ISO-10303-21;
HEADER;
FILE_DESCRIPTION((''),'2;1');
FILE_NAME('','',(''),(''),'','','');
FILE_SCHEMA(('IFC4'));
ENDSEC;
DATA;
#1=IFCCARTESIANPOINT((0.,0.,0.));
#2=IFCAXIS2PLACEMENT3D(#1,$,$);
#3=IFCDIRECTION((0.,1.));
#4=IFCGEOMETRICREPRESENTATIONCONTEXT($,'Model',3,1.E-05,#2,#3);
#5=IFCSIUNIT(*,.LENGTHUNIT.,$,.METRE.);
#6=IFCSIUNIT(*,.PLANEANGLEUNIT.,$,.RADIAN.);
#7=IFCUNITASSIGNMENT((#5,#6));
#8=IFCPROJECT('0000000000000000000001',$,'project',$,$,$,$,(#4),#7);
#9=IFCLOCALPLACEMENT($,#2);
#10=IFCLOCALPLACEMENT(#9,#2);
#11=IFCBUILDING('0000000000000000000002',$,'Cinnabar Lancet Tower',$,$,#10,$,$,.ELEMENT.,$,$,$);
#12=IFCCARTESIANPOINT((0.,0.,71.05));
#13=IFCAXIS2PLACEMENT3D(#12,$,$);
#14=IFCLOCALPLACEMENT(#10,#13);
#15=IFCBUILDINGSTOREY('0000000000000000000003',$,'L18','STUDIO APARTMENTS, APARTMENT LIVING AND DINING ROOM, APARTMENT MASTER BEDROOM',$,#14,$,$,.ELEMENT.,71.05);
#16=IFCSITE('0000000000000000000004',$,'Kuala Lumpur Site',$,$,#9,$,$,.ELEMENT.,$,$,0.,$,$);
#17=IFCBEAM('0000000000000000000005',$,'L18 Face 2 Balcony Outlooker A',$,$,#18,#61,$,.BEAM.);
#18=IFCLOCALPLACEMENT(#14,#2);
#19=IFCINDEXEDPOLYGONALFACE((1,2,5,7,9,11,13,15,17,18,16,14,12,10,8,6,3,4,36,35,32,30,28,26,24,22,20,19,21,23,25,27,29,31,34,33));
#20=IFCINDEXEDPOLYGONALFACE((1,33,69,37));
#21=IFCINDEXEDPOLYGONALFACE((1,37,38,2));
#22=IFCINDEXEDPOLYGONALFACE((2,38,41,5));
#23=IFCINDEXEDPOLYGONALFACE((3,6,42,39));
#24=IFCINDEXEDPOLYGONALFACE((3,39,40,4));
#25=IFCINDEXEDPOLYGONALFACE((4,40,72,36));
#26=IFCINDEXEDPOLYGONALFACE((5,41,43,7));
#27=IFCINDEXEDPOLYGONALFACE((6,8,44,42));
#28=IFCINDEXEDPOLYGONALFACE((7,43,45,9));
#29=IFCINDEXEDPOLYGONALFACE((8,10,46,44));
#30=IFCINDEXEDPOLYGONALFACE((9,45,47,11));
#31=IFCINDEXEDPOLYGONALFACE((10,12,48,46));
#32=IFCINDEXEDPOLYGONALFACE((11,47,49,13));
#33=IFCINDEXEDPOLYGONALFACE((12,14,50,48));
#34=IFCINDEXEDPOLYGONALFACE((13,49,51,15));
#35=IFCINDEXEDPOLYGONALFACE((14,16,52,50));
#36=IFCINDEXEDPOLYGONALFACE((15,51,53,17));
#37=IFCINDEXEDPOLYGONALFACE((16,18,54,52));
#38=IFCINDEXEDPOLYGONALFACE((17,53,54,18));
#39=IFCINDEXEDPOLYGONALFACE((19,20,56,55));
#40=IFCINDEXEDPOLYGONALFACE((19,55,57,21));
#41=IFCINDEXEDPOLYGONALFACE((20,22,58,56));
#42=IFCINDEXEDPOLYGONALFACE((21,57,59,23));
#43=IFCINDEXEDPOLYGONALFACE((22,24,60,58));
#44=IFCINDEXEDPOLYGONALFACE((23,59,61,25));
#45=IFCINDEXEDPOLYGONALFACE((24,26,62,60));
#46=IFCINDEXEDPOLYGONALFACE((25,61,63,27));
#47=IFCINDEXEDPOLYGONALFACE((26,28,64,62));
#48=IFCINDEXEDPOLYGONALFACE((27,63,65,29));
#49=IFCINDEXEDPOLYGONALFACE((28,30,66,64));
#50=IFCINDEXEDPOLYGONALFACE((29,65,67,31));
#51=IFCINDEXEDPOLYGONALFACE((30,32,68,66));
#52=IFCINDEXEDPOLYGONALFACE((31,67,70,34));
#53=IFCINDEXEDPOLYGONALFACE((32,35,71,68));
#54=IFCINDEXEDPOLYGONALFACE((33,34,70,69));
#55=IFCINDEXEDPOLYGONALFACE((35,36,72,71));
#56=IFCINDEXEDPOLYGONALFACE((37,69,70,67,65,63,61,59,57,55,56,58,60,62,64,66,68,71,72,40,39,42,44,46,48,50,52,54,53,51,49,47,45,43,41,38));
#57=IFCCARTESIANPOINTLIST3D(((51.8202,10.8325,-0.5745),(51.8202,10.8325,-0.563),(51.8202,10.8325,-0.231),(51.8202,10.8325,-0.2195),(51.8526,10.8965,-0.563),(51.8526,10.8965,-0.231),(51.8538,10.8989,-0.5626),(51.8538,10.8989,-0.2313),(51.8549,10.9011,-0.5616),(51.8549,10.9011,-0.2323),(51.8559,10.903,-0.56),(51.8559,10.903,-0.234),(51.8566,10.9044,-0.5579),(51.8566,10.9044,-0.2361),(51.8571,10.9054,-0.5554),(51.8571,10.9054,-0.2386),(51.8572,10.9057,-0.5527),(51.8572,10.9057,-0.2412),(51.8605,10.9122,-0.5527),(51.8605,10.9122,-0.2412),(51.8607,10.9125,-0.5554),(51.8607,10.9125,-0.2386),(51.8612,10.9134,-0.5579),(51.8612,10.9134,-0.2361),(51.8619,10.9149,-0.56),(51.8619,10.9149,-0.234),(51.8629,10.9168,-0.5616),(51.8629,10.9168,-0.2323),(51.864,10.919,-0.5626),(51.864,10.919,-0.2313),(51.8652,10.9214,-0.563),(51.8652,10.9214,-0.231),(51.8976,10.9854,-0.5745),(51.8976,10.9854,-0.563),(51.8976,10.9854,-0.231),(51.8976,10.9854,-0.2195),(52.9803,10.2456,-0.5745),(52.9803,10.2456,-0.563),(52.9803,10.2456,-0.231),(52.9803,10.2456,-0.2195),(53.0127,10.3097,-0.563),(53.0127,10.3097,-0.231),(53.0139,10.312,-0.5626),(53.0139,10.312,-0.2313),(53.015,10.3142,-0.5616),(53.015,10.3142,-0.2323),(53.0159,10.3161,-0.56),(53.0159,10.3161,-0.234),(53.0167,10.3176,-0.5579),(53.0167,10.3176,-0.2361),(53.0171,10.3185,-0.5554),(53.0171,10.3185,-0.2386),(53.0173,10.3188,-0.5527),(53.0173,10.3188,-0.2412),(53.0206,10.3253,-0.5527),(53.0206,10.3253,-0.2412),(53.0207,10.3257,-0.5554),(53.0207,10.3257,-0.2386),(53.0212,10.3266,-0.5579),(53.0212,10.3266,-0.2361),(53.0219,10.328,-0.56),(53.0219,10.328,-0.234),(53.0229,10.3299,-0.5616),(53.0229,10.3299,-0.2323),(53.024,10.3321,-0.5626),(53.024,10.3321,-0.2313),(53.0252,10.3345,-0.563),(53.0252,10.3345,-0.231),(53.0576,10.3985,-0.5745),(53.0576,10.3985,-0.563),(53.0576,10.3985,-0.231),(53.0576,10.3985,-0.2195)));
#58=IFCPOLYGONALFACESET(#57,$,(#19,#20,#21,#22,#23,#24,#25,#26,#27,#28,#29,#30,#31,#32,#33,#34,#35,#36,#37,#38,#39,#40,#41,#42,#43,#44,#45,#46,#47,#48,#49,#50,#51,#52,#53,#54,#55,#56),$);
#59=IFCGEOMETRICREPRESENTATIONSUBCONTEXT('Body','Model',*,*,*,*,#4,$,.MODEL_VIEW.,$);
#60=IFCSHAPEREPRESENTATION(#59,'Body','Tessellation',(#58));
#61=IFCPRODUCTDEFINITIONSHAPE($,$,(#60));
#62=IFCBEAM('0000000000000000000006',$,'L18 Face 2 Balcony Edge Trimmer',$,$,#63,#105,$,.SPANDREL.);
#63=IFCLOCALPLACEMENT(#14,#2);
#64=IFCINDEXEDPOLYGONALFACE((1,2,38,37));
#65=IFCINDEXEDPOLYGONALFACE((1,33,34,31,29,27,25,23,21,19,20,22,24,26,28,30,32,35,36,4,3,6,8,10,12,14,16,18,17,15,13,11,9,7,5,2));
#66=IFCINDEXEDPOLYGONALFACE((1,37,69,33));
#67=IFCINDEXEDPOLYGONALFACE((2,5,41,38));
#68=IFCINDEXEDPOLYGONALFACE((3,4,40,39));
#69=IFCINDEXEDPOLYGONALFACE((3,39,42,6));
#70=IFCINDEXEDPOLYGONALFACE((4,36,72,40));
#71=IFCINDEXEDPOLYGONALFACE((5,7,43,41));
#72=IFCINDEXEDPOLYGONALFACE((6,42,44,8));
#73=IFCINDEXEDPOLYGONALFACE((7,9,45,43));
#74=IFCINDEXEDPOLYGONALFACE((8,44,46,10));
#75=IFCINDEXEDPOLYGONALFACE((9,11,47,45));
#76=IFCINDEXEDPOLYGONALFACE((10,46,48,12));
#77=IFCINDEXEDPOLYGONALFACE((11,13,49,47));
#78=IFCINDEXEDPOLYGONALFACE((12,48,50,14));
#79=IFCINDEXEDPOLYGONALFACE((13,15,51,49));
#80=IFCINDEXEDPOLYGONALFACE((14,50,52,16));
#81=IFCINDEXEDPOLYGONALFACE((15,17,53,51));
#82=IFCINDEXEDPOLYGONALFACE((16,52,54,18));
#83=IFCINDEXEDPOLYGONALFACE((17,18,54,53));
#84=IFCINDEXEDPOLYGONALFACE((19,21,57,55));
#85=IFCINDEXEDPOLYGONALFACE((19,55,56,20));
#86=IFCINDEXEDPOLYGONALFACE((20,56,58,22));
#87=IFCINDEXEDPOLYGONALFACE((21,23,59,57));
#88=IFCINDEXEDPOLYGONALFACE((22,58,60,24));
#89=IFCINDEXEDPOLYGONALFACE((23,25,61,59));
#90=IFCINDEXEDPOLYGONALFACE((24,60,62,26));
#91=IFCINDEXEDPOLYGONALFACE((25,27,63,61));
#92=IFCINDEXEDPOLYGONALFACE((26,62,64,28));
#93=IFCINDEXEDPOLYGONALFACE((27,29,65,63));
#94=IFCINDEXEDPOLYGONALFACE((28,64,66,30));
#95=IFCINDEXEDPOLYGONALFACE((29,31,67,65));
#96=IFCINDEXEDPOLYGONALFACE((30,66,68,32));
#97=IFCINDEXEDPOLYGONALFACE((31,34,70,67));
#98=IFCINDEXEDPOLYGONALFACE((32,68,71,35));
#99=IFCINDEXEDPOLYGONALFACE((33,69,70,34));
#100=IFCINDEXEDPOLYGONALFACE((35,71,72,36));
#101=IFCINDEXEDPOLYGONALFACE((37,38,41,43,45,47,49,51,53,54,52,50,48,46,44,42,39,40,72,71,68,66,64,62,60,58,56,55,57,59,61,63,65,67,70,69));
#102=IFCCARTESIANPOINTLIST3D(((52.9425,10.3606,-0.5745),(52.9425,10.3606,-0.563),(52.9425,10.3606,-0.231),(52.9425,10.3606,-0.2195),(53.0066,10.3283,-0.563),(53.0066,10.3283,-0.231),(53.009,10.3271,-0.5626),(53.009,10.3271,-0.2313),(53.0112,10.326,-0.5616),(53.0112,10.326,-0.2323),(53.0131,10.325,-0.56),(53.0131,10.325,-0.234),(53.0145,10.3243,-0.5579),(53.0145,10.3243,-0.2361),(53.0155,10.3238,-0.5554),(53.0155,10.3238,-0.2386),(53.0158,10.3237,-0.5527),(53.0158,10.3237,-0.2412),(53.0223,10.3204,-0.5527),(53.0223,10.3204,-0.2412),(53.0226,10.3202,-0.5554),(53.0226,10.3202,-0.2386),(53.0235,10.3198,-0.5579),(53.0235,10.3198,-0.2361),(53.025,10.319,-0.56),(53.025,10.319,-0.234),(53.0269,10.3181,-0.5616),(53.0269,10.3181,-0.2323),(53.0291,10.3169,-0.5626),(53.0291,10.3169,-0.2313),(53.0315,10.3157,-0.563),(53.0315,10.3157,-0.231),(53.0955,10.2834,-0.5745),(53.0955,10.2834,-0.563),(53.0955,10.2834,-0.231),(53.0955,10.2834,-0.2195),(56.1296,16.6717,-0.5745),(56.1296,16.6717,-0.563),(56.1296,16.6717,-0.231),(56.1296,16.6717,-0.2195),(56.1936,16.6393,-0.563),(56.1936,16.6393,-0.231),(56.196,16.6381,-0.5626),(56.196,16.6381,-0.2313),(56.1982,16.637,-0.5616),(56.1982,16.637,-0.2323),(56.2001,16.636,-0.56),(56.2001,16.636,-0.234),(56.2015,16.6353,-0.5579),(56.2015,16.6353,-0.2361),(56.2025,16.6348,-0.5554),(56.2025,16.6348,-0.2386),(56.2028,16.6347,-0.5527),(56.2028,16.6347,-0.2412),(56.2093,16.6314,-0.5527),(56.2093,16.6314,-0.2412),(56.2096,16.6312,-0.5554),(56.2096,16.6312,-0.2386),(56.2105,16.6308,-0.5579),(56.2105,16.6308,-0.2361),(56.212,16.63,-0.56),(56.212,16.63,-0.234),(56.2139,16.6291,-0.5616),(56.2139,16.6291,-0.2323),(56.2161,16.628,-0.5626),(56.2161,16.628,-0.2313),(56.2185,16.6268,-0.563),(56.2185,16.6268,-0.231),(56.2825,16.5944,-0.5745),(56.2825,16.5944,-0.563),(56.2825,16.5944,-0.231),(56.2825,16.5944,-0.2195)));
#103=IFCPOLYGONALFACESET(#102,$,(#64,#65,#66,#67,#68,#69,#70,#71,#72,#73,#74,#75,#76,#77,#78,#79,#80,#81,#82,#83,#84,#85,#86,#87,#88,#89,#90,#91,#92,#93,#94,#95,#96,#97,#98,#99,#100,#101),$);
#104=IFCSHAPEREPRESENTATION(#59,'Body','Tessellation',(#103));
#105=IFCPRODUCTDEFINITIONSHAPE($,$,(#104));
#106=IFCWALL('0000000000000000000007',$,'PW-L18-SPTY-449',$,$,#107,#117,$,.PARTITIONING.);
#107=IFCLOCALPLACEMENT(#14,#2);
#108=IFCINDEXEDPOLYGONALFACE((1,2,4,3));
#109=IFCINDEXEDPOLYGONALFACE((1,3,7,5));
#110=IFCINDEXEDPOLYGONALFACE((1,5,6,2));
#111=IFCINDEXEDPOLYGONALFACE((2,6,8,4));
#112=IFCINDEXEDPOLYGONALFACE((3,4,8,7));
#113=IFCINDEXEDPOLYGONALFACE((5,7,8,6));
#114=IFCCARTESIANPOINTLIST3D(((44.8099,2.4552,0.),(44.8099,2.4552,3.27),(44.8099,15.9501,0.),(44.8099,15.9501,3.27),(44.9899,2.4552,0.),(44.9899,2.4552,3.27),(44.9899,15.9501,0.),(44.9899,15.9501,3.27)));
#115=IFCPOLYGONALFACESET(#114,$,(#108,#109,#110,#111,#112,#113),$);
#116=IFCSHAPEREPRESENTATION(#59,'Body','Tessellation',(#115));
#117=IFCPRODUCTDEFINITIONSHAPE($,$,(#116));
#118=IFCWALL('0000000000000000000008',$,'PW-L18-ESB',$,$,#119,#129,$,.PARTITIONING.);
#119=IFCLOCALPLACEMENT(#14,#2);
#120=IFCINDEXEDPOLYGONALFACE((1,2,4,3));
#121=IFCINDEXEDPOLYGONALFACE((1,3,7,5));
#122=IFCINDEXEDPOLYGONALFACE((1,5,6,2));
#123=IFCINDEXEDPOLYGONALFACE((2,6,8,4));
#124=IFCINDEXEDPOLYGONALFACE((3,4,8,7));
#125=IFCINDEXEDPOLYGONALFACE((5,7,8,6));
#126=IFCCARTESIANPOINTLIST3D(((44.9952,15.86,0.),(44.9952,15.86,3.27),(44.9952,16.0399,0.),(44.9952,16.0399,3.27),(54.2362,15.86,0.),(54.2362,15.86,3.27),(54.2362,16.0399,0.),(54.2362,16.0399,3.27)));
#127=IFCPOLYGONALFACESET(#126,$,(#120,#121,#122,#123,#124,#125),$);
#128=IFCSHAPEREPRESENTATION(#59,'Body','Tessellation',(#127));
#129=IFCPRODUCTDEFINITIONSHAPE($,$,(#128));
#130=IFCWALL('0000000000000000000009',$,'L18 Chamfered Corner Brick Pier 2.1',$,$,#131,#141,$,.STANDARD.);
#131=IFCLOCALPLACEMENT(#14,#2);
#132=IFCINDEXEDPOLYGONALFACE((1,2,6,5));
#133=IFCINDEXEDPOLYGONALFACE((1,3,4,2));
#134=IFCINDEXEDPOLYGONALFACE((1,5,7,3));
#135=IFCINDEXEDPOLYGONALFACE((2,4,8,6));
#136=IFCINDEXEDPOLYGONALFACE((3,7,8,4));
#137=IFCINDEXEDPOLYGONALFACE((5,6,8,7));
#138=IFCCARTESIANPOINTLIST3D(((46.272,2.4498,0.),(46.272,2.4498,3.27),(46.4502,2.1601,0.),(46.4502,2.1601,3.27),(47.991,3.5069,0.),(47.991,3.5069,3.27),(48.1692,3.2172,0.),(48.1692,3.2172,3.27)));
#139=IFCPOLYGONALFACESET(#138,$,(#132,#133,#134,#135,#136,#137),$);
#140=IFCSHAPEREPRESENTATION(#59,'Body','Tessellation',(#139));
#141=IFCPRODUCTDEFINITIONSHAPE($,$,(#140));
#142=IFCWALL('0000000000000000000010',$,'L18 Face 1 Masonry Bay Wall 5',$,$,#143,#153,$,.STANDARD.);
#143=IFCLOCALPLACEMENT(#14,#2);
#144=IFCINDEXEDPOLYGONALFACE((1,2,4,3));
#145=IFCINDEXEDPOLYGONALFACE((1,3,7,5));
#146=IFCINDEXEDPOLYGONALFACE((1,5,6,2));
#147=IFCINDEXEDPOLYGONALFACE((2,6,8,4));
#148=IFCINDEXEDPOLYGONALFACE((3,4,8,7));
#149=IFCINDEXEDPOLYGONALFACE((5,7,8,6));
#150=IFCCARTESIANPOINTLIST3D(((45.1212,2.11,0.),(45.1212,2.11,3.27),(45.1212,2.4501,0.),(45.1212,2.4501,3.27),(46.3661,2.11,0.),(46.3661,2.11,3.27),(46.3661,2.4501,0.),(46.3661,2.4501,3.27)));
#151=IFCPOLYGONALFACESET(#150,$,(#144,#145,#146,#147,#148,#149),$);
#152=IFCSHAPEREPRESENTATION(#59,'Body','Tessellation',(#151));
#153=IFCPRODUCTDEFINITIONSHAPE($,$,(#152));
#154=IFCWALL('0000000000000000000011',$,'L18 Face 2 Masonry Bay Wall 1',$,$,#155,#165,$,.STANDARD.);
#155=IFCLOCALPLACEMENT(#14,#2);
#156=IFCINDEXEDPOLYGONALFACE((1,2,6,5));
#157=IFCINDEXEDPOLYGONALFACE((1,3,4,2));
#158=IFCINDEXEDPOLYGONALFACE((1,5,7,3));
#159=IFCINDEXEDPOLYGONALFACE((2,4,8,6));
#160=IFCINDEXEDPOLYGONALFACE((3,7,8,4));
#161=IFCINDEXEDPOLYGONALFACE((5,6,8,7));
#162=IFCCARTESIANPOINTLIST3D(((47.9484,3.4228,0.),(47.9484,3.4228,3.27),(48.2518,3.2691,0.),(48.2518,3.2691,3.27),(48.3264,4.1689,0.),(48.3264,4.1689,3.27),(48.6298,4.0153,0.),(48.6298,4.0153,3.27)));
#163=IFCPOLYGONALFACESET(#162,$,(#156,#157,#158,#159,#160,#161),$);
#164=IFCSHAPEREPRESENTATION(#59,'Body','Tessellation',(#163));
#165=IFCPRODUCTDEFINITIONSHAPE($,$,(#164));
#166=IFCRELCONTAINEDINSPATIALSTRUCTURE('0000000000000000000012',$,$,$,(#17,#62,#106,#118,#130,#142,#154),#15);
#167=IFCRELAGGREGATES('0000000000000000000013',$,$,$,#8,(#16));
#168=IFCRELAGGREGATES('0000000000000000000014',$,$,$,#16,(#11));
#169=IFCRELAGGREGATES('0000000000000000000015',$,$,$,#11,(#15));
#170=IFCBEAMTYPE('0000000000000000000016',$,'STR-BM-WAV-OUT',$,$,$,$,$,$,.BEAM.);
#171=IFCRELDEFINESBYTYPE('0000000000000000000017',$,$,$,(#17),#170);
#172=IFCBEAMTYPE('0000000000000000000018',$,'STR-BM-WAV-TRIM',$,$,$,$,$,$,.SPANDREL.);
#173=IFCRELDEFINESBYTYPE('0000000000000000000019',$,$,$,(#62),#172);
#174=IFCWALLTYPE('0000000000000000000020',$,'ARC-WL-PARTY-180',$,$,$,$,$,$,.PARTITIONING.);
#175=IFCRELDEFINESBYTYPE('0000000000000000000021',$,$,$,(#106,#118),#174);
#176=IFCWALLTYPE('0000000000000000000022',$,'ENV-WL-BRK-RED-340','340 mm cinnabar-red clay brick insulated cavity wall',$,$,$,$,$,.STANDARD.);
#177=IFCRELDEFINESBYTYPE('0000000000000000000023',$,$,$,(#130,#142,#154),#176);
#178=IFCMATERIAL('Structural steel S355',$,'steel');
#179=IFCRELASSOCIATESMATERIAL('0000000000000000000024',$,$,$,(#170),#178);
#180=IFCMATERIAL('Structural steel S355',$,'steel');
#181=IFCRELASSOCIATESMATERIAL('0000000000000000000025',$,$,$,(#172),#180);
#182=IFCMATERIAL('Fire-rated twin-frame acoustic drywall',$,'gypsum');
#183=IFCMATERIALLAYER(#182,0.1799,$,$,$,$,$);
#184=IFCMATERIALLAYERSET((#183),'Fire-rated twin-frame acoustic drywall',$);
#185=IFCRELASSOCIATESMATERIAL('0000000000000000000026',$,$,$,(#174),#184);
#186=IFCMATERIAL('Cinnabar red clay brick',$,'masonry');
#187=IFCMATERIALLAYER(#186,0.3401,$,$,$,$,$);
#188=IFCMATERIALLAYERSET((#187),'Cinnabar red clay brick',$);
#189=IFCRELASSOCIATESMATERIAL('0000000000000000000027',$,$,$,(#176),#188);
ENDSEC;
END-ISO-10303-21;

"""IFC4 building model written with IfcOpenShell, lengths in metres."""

from ifc_helpers import new_model, si_unit, direction, frame, frame_2d, origin, origin_2d, place, context, subcontext, project, spatial, rectangle, i_section, extrude, material, layer, layer_set, material_profile, profile_set, type_object, element, save


model = new_model("IFC4")

# Units and contexts
model_context = context("Model", 3, precision=1e-05, world=origin(), true_north=direction((0.0, 1.0)))
body_context = subcontext(model_context, "Body", "Model", "MODEL_VIEW")
ifc_project = project(units=[si_unit("LENGTHUNIT", "METRE"), si_unit("PLANEANGLEUNIT", "RADIAN")], contexts=[model_context])

# Site, building, storey
site_placement = place(None, origin())
site = spatial("IfcSite", under=ifc_project, at=site_placement, Name="Kuala Lumpur Site", CompositionType="ELEMENT", RefElevation=0.0)
building_placement = place(site_placement, origin())
building = spatial("IfcBuilding", under=site, at=building_placement, Name="Cinnabar Lancet Tower", CompositionType="ELEMENT")
storey_placement = place(building_placement, frame((0.0, 0.0, 71.05)))
storey = spatial("IfcBuildingStorey", under=building, at=storey_placement, Name="L18", Description="STUDIO APARTMENTS, APARTMENT LIVING AND DINING ROOM, APARTMENT MASTER BEDROOM", CompositionType="ELEMENT", Elevation=71.05)

# Beams
ifc_material_1 = material(Name="Structural steel S355", Category="steel")
ifc_material_profile_1 = material_profile(ifc_material_1, i_section(OverallWidth=0.1714, OverallDepth=0.355, WebThickness=0.0073, FlangeThickness=0.0115, FilletRadius=0.0103, at=origin_2d()), Name="UKB 356x171x51")
ifc_profile_set_1 = profile_set([ifc_material_profile_1], Name="Structural steel S355")
beam_type_1 = type_object("IfcBeamType", Name="STR-BM-WAV-OUT", PredefinedType="BEAM", material=ifc_profile_set_1)
beam_1_placement = place(storey_placement, frame((51.8589, 10.9089, -0.397), z_axis=(0.892314, -0.451415, 0.0), x_axis=(0.451415, 0.892314, 0.0)))
element("IfcBeam", 1, at=beam_1_placement, inside=storey, type_object=beam_type_1, Name="L18 Face 2 Balcony Outlooker A", PredefinedType="BEAM", context=body_context, shape_type="SweptSolid", body=[
    extrude(i_section(OverallWidth=0.1714, OverallDepth=0.355, WebThickness=0.0073, FlangeThickness=0.0115, FilletRadius=0.0103, at=origin_2d()), origin(), (0.0, 0.0, 1.0), 1.3),
])
ifc_material_2 = material(Name="Structural steel S355", Category="steel")
ifc_material_profile_2 = material_profile(ifc_material_2, i_section(OverallWidth=0.1714, OverallDepth=0.355, WebThickness=0.0073, FlangeThickness=0.0115, FilletRadius=0.0103, at=origin_2d()), Name="UKB 356x171x51")
ifc_profile_set_2 = profile_set([ifc_material_profile_2], Name="Structural steel S355")
beam_type_2 = type_object("IfcBeamType", Name="STR-BM-WAV-TRIM", PredefinedType="SPANDREL", material=ifc_profile_set_2)
beam_2_placement = place(storey_placement, frame((53.019, 10.322, -0.397), z_axis=(0.450774, 0.892638, 0.0), x_axis=(-0.892638, 0.450774, 0.0)))
element("IfcBeam", 2, at=beam_2_placement, inside=storey, type_object=beam_type_2, Name="L18 Face 2 Balcony Edge Trimmer", PredefinedType="SPANDREL", context=body_context, shape_type="SweptSolid", body=[
    extrude(i_section(OverallWidth=0.1714, OverallDepth=0.355, WebThickness=0.0073, FlangeThickness=0.0115, FilletRadius=0.0103, at=origin_2d()), origin(), (0.0, 0.0, 1.0), 7.0701),
])

# Walls
ifc_material_3 = material(Name="Fire-rated twin-frame acoustic drywall", Category="gypsum")
ifc_layer_1 = layer(ifc_material_3, 0.1799)
ifc_layer_set_1 = layer_set([ifc_layer_1], Name="Fire-rated twin-frame acoustic drywall")
wall_type_1 = type_object("IfcWallType", Name="ARC-WL-PARTY-180", PredefinedType="PARTITIONING", material=ifc_layer_set_1)
wall_1_placement = place(storey_placement, frame((44.8999, 2.4551, 0.0), z_axis=(0.0, 0.0, 1.0), x_axis=(0.0, 1.0, 0.0)))
element("IfcWall", 3, at=wall_1_placement, inside=storey, type_object=wall_type_1, Name="PW-L18-SPTY-449", PredefinedType="PARTITIONING", context=body_context, shape_type="SweptSolid", body=[
    extrude(rectangle(XDim=13.4949, YDim=0.1799, at=frame_2d((6.7476, 0.0))), origin(), (0.0, 0.0, 1.0), 3.27),
])
wall_2_placement = place(storey_placement, frame((44.9951, 15.95, 0.0), z_axis=(0.0, 0.0, 1.0), x_axis=(1.0, 0.0, 0.0)))
element("IfcWall", 4, at=wall_2_placement, inside=storey, type_object=wall_type_1, Name="PW-L18-ESB", PredefinedType="PARTITIONING", context=body_context, shape_type="SweptSolid", body=[
    extrude(rectangle(XDim=9.241, YDim=0.1799, at=frame_2d((4.6206, 0.0))), origin(), (0.0, 0.0, 1.0), 3.27),
])
ifc_material_4 = material(Name="Cinnabar red clay brick", Category="masonry")
ifc_layer_2 = layer(ifc_material_4, 0.3401)
ifc_layer_set_2 = layer_set([ifc_layer_2], Name="Cinnabar red clay brick")
wall_type_2 = type_object("IfcWallType", Name="ENV-WL-BRK-RED-340", Description="340 mm cinnabar-red clay brick insulated cavity wall", PredefinedType="STANDARD", material=ifc_layer_set_2)
wall_3_placement = place(storey_placement, frame((46.3611, 2.3049, 0.0), z_axis=(0.0, 0.0, 1.0), x_axis=(0.851816, 0.523841, 0.0)))
element("IfcWall", 5, at=wall_3_placement, inside=storey, type_object=wall_type_2, Name="L18 Chamfered Corner Brick Pier 2.1", PredefinedType="STANDARD", context=body_context, shape_type="SweptSolid", body=[
    extrude(rectangle(XDim=2.0181, YDim=0.3401, at=frame_2d((1.009, 0.0))), origin(), (0.0, 0.0, 1.0), 3.27),
])
wall_4_placement = place(storey_placement, frame((45.1211, 2.28, 0.0), z_axis=(0.0, 0.0, 1.0), x_axis=(1.0, 0.0, 0.0)))
element("IfcWall", 6, at=wall_4_placement, inside=storey, type_object=wall_type_2, Name="L18 Face 1 Masonry Bay Wall 5", PredefinedType="STANDARD", context=body_context, shape_type="SweptSolid", body=[
    extrude(rectangle(XDim=1.2449, YDim=0.3401, at=frame_2d((0.6226, 0.0))), origin(), (0.0, 0.0, 1.0), 3.27),
])
wall_5_placement = place(storey_placement, frame((48.1001, 3.3459, 0.0), z_axis=(0.0, 0.0, 1.0), x_axis=(0.451878, 0.89208, 0.0)))
element("IfcWall", 7, at=wall_5_placement, inside=storey, type_object=wall_type_2, Name="L18 Face 2 Masonry Bay Wall 1", PredefinedType="STANDARD", context=body_context, shape_type="SweptSolid", body=[
    extrude(rectangle(XDim=0.8364, YDim=0.3401, at=frame_2d((0.4182, 0.0))), origin(), (0.0, 0.0, 1.0), 3.27),
])

save(model, "model.ifc")
